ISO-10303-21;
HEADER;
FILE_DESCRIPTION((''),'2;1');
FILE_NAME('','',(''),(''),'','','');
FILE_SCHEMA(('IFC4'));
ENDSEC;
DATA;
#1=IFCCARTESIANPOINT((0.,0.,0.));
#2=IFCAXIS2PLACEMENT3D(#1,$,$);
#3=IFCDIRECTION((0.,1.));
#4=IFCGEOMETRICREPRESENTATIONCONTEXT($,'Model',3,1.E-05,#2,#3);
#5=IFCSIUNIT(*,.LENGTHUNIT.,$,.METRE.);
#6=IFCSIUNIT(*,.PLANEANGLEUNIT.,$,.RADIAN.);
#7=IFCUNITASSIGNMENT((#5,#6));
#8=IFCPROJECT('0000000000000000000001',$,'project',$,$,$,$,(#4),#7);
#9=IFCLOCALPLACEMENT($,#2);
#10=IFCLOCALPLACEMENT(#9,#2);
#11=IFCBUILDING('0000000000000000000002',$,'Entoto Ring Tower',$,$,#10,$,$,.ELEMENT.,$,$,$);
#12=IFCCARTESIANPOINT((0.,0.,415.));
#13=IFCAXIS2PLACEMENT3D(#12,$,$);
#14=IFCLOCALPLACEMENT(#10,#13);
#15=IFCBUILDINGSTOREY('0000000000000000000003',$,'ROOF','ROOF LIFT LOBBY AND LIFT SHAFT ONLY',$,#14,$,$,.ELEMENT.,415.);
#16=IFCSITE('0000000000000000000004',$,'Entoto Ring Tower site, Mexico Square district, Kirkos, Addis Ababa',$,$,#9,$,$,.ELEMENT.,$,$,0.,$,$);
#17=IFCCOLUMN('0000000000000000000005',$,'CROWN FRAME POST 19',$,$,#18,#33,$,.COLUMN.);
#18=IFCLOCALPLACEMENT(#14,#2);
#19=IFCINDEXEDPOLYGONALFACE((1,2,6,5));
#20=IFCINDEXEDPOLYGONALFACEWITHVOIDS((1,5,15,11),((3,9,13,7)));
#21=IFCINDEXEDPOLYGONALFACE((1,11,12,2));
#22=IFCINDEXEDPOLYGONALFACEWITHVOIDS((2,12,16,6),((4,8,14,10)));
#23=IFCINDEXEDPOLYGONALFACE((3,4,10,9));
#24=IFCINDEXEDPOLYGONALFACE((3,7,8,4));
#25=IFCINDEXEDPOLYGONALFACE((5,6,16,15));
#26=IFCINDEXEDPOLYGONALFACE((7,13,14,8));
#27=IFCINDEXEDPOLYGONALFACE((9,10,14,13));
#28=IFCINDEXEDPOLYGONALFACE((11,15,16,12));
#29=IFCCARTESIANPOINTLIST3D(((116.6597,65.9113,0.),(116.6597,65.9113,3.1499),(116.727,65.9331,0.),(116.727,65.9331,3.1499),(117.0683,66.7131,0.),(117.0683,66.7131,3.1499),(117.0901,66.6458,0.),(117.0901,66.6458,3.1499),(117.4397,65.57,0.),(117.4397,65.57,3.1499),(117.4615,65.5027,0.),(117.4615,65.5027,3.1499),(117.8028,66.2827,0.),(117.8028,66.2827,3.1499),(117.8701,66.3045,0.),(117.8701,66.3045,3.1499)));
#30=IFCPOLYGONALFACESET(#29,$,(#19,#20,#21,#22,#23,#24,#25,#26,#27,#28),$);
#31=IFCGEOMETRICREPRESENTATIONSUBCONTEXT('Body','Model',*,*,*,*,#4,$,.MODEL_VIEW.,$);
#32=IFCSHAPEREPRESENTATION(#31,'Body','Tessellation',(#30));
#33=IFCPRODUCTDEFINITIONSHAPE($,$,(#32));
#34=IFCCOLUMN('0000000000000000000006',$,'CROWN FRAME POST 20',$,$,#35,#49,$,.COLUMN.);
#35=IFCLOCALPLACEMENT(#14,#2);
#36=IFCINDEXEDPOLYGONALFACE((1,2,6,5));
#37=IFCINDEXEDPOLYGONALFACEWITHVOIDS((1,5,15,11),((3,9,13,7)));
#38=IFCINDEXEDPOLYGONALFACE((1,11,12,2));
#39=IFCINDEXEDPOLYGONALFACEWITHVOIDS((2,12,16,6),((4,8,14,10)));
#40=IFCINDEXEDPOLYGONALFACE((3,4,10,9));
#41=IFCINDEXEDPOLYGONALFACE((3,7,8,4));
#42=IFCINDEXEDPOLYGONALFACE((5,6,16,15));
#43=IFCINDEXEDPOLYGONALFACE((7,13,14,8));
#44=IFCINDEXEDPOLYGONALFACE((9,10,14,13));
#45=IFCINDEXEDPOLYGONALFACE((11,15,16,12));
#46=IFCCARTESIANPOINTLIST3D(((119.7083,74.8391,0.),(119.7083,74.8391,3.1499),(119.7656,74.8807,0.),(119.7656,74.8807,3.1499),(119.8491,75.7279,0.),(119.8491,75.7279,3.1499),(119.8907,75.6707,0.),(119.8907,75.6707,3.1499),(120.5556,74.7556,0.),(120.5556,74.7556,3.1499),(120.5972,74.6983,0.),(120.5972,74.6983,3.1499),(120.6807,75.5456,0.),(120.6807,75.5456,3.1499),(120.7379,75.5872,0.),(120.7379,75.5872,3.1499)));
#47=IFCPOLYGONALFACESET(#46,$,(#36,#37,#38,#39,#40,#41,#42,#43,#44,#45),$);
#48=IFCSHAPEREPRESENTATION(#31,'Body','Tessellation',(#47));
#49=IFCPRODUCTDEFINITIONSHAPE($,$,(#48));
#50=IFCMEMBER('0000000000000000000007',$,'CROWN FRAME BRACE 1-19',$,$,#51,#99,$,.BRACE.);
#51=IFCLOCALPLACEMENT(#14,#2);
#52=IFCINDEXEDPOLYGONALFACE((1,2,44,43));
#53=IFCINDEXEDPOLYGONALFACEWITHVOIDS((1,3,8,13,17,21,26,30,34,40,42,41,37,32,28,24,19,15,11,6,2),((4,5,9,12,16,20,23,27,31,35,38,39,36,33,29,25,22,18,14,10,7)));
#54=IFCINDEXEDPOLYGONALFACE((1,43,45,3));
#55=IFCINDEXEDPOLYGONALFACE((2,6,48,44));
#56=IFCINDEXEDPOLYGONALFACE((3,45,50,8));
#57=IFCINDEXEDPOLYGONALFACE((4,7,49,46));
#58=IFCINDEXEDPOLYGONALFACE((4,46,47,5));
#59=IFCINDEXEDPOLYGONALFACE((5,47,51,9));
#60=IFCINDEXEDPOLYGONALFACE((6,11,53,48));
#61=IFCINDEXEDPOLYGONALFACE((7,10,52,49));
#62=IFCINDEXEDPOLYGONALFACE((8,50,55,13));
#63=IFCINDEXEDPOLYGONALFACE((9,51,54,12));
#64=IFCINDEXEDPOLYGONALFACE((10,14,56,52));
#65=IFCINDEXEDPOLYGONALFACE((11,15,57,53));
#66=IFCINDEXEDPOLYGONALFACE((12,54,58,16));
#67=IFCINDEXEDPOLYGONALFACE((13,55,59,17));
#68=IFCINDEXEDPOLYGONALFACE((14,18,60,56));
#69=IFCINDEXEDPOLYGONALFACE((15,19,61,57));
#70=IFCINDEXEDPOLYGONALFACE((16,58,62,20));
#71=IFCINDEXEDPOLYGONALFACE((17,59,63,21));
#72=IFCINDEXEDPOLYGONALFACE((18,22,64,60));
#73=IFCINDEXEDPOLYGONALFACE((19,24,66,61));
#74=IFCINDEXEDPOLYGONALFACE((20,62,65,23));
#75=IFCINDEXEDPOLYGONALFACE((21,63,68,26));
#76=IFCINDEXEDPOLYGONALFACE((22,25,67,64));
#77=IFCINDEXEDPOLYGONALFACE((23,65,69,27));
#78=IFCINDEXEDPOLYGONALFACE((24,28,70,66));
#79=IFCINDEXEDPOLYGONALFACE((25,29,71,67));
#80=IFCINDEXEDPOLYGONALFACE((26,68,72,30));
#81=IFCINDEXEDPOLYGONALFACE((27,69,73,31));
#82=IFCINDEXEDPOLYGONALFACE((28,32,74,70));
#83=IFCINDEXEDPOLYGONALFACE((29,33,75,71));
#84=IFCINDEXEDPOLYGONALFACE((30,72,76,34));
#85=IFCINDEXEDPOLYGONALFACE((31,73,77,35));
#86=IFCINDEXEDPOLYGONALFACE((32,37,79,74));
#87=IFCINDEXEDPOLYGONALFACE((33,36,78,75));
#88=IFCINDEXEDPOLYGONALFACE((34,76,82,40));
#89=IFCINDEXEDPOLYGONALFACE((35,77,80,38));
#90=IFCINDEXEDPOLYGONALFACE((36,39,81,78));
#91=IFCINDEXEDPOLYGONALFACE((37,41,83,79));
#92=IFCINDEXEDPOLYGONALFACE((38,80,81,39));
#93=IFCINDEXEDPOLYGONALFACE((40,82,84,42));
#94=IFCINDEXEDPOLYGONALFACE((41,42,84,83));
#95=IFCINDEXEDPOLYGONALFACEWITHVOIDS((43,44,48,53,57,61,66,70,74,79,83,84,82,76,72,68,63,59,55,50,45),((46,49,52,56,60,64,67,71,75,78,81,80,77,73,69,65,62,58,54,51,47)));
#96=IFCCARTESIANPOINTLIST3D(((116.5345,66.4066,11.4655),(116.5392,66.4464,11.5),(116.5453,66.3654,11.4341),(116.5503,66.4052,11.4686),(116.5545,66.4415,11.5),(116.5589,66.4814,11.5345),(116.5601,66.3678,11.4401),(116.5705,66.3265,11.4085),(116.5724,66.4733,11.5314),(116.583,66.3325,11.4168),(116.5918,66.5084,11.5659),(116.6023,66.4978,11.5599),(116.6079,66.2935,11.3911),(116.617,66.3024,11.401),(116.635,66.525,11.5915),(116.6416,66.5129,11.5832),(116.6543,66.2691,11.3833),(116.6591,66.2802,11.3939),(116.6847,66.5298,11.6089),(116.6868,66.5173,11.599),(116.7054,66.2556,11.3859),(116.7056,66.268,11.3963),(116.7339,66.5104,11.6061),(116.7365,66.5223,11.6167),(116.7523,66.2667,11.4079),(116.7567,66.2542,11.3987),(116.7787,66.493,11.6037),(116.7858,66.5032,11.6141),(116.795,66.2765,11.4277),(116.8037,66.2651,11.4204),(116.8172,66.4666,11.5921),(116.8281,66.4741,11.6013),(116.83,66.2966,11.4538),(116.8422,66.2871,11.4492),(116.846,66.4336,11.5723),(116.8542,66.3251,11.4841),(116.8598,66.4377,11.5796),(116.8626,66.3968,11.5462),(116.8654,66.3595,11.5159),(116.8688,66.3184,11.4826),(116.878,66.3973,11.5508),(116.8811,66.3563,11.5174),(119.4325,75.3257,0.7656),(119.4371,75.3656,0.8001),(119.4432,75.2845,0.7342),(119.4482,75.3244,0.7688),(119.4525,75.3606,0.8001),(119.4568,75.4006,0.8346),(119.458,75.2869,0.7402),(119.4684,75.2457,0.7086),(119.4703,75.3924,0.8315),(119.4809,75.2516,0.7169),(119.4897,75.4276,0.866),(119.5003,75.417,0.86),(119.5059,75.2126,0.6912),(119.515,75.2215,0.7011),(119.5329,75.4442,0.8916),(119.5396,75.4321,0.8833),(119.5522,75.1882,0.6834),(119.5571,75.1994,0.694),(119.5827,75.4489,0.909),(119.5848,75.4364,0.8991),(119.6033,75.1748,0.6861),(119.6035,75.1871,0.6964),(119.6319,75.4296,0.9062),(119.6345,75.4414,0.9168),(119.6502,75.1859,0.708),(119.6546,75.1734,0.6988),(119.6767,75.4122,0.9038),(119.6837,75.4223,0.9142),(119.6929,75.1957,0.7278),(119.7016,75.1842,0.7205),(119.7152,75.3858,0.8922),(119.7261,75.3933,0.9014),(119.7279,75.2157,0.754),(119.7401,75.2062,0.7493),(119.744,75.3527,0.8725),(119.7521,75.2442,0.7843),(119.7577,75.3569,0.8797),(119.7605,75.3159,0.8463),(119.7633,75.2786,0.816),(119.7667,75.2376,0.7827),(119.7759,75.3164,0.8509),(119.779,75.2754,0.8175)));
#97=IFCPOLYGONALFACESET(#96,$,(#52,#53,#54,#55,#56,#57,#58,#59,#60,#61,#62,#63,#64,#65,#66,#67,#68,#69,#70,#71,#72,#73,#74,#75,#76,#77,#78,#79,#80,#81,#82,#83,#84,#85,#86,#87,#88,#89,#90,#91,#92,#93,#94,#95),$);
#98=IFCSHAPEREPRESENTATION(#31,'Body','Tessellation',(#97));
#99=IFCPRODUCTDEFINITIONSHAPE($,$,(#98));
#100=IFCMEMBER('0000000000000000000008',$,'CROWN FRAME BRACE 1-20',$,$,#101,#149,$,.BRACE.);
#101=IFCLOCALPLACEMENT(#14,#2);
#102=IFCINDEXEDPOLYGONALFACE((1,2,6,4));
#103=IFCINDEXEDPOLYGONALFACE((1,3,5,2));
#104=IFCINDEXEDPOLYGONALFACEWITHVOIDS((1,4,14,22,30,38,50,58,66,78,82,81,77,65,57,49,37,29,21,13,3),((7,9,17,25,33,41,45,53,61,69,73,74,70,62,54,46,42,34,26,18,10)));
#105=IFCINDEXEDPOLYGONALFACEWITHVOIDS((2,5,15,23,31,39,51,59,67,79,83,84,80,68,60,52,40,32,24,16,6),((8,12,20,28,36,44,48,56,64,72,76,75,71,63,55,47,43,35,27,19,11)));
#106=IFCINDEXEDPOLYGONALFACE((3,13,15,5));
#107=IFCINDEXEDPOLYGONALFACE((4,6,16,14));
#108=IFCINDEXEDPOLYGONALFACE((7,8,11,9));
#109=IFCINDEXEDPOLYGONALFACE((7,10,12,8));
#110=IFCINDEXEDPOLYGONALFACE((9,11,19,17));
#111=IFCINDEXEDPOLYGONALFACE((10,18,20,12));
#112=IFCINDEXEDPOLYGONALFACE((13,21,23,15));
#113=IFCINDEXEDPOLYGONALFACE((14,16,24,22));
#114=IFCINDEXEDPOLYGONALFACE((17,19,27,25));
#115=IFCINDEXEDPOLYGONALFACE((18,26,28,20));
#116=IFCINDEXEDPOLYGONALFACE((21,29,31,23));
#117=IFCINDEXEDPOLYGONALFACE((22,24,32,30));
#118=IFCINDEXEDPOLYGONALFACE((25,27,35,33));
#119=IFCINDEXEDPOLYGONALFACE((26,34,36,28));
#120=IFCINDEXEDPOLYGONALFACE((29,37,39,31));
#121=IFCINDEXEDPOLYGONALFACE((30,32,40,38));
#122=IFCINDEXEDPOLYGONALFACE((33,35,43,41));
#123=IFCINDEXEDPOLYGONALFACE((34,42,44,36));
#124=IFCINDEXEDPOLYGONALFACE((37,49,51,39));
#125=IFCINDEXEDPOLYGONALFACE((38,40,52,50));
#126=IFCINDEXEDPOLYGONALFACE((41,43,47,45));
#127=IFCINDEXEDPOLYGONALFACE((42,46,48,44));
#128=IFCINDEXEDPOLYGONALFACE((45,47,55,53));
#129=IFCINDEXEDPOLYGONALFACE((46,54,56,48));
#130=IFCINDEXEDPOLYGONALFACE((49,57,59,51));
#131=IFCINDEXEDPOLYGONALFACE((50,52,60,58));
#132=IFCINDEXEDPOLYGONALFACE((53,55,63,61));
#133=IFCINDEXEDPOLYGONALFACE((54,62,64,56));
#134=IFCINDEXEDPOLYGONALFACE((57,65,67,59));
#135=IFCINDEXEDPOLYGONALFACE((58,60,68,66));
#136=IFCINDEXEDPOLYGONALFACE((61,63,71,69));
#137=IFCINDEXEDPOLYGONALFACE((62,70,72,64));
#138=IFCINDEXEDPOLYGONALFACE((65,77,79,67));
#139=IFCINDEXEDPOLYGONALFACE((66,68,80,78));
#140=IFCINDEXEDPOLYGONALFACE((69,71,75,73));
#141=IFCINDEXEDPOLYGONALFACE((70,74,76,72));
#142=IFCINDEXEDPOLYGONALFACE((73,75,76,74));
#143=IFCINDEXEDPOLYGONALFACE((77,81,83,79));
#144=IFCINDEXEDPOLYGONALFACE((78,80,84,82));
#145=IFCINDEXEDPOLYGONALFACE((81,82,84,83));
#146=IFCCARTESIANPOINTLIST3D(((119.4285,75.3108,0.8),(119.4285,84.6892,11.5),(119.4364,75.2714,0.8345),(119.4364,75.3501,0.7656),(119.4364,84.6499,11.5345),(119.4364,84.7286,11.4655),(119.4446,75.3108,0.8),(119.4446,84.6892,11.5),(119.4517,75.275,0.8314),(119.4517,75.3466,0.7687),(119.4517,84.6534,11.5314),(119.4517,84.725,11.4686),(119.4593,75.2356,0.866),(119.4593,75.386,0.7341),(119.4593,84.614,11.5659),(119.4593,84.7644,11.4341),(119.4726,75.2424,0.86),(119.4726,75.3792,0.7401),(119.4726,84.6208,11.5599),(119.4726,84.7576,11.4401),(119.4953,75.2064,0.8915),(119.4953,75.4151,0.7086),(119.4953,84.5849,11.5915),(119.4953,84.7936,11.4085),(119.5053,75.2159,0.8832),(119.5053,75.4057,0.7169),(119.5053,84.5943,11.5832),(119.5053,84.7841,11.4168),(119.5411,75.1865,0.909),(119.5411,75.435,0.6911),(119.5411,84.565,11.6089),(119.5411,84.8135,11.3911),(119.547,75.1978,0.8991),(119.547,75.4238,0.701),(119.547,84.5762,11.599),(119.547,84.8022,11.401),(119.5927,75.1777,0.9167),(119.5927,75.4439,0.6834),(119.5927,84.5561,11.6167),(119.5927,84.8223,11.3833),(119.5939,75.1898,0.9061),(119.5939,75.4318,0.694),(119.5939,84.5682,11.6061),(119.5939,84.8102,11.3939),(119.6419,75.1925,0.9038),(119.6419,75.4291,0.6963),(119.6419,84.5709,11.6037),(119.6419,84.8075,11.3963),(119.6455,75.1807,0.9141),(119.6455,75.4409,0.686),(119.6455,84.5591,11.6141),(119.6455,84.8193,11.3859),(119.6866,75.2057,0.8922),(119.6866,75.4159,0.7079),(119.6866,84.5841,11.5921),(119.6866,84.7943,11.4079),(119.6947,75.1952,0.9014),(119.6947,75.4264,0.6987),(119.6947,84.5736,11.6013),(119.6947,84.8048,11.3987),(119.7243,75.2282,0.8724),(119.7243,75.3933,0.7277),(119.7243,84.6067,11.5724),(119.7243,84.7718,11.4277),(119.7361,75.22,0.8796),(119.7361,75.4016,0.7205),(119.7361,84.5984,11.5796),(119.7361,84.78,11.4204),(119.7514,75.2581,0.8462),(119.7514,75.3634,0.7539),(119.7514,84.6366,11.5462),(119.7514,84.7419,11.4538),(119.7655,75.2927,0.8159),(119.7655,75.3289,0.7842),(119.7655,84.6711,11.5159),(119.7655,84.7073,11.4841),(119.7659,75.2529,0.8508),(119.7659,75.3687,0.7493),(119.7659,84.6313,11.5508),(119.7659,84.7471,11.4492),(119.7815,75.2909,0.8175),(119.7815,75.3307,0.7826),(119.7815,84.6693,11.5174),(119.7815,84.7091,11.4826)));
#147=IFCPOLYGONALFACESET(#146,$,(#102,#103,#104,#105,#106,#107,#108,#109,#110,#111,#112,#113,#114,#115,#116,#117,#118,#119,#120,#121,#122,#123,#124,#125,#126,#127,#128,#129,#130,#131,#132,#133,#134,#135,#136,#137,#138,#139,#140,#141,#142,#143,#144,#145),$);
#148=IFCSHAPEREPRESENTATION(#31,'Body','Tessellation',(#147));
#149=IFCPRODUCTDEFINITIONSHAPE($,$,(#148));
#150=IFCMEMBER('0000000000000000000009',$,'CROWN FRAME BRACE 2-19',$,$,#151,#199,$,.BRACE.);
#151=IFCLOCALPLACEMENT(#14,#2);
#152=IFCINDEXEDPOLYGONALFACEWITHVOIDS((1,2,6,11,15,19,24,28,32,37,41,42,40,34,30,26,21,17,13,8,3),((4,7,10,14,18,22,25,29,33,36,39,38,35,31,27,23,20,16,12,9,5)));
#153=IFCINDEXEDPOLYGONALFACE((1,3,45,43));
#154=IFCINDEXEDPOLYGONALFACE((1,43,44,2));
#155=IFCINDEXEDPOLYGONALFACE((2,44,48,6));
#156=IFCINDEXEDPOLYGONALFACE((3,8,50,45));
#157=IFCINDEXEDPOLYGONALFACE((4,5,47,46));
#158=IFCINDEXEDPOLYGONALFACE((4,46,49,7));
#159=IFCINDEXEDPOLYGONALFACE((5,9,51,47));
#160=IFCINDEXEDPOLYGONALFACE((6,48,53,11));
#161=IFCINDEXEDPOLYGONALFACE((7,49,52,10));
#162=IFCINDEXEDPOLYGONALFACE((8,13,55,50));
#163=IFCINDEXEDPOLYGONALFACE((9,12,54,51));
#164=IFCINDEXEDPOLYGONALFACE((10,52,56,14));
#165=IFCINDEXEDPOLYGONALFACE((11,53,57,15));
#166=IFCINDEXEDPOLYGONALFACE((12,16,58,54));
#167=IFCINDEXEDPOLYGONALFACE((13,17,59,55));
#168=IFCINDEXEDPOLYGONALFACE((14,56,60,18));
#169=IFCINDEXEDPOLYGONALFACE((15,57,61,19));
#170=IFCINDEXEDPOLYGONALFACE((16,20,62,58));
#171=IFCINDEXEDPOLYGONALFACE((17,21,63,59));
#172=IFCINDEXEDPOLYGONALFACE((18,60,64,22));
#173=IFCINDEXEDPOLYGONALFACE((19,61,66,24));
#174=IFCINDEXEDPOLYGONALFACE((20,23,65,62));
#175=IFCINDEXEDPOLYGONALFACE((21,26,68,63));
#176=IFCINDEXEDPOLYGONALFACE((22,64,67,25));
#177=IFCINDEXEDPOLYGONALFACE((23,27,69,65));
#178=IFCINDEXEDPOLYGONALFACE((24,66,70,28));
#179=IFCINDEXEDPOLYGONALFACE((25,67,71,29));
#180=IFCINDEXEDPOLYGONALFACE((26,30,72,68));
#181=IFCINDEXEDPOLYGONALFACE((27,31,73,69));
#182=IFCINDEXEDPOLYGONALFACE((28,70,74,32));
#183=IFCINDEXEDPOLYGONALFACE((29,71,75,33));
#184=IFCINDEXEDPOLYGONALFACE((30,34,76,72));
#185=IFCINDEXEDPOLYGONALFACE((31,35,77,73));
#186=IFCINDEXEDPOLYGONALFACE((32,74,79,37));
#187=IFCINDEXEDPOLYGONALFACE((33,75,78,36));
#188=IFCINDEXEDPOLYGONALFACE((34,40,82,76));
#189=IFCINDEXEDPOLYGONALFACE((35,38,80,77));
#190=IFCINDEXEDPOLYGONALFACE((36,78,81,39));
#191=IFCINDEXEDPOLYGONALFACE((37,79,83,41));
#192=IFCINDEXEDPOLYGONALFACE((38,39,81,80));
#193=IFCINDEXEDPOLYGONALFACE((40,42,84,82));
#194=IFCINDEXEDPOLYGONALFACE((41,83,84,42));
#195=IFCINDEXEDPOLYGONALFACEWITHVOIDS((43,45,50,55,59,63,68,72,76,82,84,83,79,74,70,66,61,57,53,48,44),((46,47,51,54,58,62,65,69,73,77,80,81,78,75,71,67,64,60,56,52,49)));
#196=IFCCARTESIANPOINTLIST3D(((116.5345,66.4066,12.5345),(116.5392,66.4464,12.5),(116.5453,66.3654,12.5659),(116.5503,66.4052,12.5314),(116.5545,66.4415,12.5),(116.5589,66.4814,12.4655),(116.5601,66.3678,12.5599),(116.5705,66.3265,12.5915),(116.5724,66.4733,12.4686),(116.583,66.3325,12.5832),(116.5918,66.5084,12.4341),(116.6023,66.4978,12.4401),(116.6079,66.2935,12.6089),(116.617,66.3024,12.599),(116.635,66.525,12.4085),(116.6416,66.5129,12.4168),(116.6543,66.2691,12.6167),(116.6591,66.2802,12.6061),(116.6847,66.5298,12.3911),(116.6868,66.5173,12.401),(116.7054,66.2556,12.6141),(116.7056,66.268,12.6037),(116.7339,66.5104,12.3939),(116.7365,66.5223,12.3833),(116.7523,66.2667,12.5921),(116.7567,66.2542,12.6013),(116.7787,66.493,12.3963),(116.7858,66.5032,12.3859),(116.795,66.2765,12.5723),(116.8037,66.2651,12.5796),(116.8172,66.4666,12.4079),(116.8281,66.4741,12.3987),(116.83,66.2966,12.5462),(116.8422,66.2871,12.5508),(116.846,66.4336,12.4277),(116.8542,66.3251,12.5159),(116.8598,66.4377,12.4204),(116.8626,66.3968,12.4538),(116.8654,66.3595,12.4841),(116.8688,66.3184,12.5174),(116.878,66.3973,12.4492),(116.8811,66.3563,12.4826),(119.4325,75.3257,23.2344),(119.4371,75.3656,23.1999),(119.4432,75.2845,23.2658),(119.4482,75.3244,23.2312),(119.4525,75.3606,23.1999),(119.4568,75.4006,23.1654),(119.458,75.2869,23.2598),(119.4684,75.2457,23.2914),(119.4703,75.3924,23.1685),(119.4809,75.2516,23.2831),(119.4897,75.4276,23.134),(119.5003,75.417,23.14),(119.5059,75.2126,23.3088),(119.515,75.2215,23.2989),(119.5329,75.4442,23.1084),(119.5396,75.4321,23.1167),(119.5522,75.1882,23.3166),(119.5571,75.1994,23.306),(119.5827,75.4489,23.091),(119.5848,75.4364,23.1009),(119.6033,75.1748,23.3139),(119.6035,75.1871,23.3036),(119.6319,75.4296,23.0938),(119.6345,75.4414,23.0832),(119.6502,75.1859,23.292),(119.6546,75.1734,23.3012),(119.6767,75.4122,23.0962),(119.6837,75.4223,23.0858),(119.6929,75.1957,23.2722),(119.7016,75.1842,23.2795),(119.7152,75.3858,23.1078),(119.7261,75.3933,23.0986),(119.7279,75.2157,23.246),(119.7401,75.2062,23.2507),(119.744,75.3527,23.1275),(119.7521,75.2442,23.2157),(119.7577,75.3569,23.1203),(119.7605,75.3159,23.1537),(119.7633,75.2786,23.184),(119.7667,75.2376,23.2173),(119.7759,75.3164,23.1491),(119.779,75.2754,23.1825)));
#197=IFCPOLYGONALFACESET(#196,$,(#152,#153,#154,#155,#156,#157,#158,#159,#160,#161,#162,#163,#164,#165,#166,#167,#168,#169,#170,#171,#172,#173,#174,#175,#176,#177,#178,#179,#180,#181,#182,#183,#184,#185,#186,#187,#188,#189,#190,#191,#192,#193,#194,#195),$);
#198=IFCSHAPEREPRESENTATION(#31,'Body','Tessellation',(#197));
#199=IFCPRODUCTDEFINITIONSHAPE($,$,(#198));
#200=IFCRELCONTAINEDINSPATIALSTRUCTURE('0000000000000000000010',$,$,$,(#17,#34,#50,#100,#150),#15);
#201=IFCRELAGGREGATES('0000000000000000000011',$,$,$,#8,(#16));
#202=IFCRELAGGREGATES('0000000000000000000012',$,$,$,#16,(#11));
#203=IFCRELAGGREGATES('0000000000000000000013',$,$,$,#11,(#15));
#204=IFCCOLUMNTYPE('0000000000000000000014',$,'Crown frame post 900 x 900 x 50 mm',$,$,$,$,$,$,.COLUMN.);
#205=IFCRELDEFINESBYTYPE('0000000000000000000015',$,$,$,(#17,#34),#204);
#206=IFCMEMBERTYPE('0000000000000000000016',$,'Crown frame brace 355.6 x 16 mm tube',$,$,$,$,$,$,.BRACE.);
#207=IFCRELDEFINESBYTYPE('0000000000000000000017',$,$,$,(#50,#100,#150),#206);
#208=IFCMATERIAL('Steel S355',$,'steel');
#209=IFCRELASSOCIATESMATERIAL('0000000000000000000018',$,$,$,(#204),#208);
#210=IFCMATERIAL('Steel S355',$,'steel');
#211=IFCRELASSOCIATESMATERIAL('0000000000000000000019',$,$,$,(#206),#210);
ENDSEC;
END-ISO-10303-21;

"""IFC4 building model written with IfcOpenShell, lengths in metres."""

from ifc_helpers import new_model, si_unit, direction, frame, origin, origin_2d, place, context, subcontext, project, spatial, hollow_rectangle, hollow_circle, extrude, material, material_profile, profile_set, type_object, element, save


model = new_model("IFC4")

# Units and contexts
model_context = context("Model", 3, precision=1e-05, world=origin(), true_north=direction((0.0, 1.0)))
body_context = subcontext(model_context, "Body", "Model", "MODEL_VIEW")
ifc_project = project(units=[si_unit("LENGTHUNIT", "METRE"), si_unit("PLANEANGLEUNIT", "RADIAN")], contexts=[model_context])

# Site, building, storey
site_placement = place(None, origin())
site = spatial("IfcSite", under=ifc_project, at=site_placement, Name="Entoto Ring Tower site, Mexico Square district, Kirkos, Addis Ababa", CompositionType="ELEMENT", RefElevation=0.0)
building_placement = place(site_placement, origin())
building = spatial("IfcBuilding", under=site, at=building_placement, Name="Entoto Ring Tower", CompositionType="ELEMENT")
storey_placement = place(building_placement, frame((0.0, 0.0, 415.0)))
storey = spatial("IfcBuildingStorey", under=building, at=storey_placement, Name="ROOF", Description="ROOF LIFT LOBBY AND LIFT SHAFT ONLY", CompositionType="ELEMENT", Elevation=415.0)

# Columns
ifc_material_1 = material(Name="Steel S355", Category="steel")
ifc_material_profile_1 = material_profile(ifc_material_1, hollow_rectangle(XDim=0.8999, YDim=0.8999, WallThickness=0.05, at=origin_2d()), Name="Crown frame post 900 x 900 x 50 mm")
ifc_profile_set_1 = profile_set([ifc_material_profile_1], Name="Steel S355")
column_type = type_object("IfcColumnType", Name="Crown frame post 900 x 900 x 50 mm", PredefinedType="COLUMN", material=ifc_profile_set_1)
for number, where, z_axis, x_axis, name in (
    (1, (117.2649, 66.1079, 0.0), (0.0, 0.0, 1.0), (0.45399, 0.891007, 0.0), "CROWN FRAME POST 19"),
    (2, (120.2231, 75.2131, 0.0), (0.0, 0.0, 1.0), (0.156434, 0.987688, 0.0), "CROWN FRAME POST 20"),
):
    element("IfcColumn", number, at=place(storey_placement, frame(where, z_axis=z_axis, x_axis=x_axis)), inside=storey, type_object=column_type, Name=name, PredefinedType="COLUMN", context=body_context, shape_type="SweptSolid", body=[
        extrude(hollow_rectangle(XDim=0.8999, YDim=0.8999, WallThickness=0.05, at=origin_2d()), origin(), (0.0, 0.0, 1.0), 3.1499),
    ])

# Members
ifc_material_2 = material(Name="Steel S355", Category="steel")
ifc_material_profile_2 = material_profile(ifc_material_2, hollow_circle(Radius=0.1775, WallThickness=0.0161, at=origin_2d()), Name="Crown frame brace 355.6 x 16 mm tube")
ifc_profile_set_2 = profile_set([ifc_material_profile_2], Name="Steel S355")
member_type_1 = type_object("IfcMemberType", Name="Crown frame brace 355.6 x 16 mm tube", PredefinedType="BRACE", material=ifc_profile_set_2)
member_1_placement = place(storey_placement, frame((116.708, 66.3916, 11.5), z_axis=(0.203678, 0.626871, -0.752029), x_axis=(-0.951059, 0.30901, 0.0)))
element("IfcMember", 3, at=member_1_placement, inside=storey, type_object=member_type_1, Name="CROWN FRAME BRACE 1-19", PredefinedType="BRACE", context=body_context, shape_type="SweptSolid", body=[
    extrude(hollow_circle(Radius=0.1775, WallThickness=0.0161, at=origin_2d()), origin(), (0.0, 0.0, 1.0), 14.228),
])
member_2_placement = place(storey_placement, frame((119.606, 75.3108, 0.8), z_axis=(0.0, 0.65914, 0.752021), x_axis=(-1.0, 0.0, 0.0)))
element("IfcMember", 4, at=member_2_placement, inside=storey, type_object=member_type_1, Name="CROWN FRAME BRACE 1-20", PredefinedType="BRACE", context=body_context, shape_type="SweptSolid", body=[
    extrude(hollow_circle(Radius=0.1775, WallThickness=0.0161, at=origin_2d()), origin(), (0.0, 0.0, 1.0), 14.2283),
])
member_3_placement = place(storey_placement, frame((116.708, 66.3916, 12.5), z_axis=(0.203678, 0.626871, 0.752029), x_axis=(-0.951059, 0.30901, 0.0)))
element("IfcMember", 5, at=member_3_placement, inside=storey, type_object=member_type_1, Name="CROWN FRAME BRACE 2-19", PredefinedType="BRACE", context=body_context, shape_type="SweptSolid", body=[
    extrude(hollow_circle(Radius=0.1775, WallThickness=0.0161, at=origin_2d()), origin(), (0.0, 0.0, 1.0), 14.228),
])

save(model, "model.ifc")
